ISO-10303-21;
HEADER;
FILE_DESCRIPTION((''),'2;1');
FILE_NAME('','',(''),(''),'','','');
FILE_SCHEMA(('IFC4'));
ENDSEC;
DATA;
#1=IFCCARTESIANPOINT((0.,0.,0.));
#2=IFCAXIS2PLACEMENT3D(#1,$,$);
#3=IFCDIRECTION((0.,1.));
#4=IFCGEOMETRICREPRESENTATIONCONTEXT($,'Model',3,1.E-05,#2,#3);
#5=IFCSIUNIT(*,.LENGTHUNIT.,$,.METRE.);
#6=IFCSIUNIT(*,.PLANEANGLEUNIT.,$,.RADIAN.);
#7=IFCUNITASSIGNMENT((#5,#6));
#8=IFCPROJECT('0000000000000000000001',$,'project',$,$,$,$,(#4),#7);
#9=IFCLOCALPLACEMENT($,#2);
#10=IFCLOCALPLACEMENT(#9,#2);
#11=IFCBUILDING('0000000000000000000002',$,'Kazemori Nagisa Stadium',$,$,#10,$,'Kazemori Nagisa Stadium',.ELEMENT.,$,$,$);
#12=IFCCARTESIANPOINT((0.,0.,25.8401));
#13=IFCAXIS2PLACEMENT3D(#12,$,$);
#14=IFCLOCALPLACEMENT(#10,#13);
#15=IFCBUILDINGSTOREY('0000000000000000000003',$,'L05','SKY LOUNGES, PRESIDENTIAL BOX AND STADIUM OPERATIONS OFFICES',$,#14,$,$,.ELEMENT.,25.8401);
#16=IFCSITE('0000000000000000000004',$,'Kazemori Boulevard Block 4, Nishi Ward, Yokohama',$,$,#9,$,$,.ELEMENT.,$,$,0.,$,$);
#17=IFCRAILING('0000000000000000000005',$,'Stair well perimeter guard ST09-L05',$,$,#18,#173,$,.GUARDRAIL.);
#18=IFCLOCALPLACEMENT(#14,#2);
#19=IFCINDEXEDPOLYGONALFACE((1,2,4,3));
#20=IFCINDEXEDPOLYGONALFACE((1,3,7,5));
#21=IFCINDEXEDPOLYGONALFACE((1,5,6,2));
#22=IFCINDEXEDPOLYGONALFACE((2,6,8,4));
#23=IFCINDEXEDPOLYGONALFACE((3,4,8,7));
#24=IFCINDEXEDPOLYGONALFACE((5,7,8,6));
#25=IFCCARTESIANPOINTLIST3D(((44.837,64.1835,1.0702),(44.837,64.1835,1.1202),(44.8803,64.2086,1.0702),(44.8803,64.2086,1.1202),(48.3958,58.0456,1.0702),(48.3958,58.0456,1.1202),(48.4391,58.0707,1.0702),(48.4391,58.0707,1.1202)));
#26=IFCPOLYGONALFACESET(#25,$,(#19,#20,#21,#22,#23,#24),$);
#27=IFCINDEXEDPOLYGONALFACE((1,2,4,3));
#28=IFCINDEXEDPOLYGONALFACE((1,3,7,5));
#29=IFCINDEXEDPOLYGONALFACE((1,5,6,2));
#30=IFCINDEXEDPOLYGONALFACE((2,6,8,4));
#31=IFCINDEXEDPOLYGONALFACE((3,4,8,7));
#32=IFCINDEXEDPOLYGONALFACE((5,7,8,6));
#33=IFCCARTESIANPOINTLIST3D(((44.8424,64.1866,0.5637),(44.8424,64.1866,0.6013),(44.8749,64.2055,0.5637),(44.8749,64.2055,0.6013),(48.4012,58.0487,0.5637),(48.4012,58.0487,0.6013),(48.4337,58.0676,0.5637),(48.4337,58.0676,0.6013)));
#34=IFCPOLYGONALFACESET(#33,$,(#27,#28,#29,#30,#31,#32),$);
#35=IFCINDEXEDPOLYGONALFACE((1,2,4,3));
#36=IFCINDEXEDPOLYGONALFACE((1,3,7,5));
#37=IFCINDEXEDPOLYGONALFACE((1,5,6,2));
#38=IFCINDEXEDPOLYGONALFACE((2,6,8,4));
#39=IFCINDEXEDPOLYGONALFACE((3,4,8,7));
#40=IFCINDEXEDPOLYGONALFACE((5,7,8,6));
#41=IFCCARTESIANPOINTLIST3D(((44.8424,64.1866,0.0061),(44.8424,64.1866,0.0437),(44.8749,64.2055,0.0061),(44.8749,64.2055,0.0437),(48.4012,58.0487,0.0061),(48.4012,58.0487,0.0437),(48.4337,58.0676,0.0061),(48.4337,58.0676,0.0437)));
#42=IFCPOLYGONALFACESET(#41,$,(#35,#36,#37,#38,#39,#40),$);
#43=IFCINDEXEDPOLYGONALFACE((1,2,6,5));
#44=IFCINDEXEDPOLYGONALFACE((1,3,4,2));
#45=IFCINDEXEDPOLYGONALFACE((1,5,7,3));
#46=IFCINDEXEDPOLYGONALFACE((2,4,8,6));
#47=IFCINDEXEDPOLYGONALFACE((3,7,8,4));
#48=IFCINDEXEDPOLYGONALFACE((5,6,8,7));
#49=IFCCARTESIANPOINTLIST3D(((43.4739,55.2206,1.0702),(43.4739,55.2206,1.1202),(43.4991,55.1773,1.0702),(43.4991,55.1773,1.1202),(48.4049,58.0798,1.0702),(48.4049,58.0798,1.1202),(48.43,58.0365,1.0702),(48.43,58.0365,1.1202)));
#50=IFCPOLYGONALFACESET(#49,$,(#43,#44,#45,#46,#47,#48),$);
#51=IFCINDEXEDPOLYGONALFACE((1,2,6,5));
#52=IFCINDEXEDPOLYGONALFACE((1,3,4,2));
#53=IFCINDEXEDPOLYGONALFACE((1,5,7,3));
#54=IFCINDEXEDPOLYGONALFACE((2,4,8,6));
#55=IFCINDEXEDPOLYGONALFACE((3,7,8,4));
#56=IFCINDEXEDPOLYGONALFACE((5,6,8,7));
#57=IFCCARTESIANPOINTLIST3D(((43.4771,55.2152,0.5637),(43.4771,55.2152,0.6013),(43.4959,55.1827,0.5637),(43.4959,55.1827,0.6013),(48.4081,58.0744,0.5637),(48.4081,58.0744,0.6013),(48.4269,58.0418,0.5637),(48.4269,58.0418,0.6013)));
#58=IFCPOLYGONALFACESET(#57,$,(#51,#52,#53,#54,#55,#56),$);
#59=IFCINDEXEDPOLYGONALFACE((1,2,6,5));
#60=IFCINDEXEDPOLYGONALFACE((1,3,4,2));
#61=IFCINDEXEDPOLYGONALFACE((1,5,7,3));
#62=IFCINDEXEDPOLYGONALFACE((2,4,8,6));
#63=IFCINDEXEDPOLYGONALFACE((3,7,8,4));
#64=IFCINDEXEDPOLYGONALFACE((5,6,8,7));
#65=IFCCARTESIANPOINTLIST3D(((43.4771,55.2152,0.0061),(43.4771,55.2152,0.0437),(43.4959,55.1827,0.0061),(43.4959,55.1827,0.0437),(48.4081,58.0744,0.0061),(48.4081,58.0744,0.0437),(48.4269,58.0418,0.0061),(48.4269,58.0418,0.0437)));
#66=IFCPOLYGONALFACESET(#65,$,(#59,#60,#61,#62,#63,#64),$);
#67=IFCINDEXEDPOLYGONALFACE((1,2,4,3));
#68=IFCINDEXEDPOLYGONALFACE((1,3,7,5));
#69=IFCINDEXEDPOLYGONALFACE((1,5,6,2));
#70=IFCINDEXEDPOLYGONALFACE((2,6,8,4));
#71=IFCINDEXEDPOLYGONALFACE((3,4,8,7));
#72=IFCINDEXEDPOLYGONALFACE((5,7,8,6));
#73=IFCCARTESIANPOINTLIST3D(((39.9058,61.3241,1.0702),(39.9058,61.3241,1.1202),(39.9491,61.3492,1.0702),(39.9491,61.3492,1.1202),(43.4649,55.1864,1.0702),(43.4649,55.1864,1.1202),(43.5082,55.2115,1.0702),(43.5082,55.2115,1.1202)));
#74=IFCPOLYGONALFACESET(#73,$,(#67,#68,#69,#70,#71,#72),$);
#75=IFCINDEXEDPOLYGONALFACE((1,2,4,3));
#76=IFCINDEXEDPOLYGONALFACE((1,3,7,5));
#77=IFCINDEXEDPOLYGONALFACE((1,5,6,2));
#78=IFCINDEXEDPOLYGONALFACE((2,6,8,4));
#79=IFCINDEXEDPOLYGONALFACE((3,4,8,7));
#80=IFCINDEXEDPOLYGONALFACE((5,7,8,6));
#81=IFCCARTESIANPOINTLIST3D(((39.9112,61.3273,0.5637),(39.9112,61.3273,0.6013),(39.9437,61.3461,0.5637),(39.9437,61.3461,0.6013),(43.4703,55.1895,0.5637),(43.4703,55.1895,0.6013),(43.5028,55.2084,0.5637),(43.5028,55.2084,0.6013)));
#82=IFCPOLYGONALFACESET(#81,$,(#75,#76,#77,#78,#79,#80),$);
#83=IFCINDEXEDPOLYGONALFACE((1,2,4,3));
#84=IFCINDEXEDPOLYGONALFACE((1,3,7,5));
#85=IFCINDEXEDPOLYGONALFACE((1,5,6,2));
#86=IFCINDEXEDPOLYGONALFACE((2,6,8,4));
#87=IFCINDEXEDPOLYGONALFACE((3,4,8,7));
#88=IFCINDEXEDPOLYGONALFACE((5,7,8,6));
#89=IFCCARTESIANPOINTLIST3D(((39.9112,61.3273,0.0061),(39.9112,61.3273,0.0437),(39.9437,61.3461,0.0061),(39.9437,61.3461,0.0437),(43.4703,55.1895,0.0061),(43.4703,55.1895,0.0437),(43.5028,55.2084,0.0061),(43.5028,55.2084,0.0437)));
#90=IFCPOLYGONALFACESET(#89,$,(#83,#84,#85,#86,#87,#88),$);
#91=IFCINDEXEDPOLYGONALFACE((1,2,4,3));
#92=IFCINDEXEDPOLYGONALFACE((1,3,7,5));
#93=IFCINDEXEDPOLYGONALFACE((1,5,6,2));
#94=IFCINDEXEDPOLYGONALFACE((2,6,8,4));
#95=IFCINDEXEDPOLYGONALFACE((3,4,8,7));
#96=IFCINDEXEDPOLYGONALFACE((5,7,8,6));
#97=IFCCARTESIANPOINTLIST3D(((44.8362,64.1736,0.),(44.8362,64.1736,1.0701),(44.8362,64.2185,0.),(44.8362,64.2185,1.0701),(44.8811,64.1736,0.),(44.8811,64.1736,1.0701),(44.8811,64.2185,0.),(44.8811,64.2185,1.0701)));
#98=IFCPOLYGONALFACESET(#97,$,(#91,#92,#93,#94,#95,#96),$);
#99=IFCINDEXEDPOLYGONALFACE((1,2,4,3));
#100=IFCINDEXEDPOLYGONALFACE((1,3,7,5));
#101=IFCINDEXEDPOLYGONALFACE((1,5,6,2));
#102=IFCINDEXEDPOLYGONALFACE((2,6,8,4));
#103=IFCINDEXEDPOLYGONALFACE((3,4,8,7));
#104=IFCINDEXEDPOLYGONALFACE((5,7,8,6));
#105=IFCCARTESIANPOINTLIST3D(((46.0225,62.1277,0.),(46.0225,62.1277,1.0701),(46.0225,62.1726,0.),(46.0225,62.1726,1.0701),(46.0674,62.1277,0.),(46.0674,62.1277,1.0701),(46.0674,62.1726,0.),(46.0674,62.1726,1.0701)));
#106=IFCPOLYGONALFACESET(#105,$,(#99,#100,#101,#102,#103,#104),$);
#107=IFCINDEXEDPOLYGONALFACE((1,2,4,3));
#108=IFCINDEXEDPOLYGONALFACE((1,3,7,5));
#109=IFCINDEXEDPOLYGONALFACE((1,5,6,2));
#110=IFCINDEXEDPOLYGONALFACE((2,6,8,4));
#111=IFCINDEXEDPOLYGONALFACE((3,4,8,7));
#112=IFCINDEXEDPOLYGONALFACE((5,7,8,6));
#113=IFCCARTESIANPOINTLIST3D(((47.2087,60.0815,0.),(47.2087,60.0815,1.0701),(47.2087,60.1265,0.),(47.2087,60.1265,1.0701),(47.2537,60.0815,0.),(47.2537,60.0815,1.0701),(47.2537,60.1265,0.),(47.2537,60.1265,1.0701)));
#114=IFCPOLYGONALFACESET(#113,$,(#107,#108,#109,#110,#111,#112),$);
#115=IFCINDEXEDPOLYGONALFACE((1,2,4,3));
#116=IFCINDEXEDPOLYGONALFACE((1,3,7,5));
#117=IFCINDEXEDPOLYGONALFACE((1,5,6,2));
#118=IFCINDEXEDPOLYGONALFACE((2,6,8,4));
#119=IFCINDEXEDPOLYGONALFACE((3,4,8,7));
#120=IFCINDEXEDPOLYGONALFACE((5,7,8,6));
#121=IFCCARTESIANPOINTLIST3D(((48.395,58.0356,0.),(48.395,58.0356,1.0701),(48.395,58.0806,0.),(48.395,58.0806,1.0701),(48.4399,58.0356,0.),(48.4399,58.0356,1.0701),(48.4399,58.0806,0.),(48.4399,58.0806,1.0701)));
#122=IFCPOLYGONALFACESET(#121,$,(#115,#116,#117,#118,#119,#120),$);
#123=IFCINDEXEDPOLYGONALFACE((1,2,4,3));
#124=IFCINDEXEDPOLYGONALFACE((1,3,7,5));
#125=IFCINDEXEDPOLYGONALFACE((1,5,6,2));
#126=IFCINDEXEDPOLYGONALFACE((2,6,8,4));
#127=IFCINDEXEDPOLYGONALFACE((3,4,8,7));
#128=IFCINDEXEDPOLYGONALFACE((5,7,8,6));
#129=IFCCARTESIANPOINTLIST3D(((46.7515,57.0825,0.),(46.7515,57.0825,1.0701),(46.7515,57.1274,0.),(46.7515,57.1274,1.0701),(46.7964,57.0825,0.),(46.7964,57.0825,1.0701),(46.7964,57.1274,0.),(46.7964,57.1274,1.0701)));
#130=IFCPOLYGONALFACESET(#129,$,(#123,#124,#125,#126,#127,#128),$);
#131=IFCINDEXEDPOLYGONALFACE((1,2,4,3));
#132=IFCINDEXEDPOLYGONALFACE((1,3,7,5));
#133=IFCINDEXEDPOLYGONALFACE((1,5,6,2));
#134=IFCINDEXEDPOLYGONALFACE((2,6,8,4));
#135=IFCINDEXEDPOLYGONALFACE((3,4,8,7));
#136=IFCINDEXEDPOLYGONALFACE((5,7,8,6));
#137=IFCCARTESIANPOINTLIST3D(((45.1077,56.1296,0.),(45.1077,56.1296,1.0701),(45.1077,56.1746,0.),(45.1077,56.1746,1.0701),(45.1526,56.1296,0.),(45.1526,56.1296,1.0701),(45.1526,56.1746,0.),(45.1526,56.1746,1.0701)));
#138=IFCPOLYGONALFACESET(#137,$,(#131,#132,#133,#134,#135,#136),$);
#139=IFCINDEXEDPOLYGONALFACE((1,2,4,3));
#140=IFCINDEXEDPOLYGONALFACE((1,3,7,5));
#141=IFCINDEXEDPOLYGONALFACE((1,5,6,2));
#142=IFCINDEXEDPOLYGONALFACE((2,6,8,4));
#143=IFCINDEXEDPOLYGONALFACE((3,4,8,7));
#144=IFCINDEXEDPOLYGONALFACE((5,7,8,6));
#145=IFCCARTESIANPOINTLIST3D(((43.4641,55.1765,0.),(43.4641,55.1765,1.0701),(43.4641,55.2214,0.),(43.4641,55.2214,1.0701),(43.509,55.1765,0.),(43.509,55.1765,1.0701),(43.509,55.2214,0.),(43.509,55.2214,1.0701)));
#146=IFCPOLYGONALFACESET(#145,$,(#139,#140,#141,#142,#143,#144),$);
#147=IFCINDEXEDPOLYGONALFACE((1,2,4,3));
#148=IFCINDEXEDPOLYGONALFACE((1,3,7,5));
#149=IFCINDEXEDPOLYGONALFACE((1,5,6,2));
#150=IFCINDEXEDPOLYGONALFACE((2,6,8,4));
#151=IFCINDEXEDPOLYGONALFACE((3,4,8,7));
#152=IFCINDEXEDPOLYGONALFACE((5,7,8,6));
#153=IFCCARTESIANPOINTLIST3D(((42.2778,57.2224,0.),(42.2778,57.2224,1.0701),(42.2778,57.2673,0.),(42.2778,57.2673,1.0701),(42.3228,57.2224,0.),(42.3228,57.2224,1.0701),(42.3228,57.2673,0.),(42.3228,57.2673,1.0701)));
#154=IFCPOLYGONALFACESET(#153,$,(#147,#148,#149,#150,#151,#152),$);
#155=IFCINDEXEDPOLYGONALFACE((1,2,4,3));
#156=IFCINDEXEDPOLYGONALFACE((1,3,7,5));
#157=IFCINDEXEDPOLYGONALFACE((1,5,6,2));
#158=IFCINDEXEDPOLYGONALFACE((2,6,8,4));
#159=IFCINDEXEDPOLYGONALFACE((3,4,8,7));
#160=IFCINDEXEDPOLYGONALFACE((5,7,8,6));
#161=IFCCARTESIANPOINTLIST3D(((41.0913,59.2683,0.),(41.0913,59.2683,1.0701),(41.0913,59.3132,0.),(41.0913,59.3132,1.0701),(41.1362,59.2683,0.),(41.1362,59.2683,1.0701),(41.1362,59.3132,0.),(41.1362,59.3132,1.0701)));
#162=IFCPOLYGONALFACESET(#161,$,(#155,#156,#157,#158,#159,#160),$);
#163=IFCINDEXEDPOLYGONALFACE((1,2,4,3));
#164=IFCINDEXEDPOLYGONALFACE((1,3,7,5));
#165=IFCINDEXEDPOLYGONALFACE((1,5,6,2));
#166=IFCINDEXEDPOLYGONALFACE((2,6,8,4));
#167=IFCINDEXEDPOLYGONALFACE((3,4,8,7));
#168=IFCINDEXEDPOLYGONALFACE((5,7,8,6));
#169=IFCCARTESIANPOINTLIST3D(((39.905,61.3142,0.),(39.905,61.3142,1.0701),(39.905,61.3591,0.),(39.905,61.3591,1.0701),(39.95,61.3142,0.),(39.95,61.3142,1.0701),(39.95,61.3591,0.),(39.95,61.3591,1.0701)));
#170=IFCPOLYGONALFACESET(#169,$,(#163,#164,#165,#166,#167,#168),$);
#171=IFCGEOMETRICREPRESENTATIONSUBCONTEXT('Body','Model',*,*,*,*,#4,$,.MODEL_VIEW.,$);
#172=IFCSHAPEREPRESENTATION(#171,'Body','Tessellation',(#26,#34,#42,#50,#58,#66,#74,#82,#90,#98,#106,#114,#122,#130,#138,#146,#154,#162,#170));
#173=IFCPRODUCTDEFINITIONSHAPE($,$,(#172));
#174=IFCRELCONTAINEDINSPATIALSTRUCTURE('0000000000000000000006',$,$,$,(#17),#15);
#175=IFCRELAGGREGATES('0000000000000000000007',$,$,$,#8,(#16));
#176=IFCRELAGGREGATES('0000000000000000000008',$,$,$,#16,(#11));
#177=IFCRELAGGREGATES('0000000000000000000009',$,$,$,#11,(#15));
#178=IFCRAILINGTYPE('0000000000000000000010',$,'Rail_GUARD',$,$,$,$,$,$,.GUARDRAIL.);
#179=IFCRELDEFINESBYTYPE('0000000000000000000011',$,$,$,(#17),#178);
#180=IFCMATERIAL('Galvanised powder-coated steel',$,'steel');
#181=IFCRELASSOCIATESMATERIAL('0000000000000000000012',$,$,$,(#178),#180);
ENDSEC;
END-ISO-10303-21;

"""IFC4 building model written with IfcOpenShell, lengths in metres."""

from ifc_helpers import new_model, si_unit, direction, frame, origin, origin_2d, place, context, subcontext, project, spatial, rectangle, extrude, material, type_object, element, save


model = new_model("IFC4")

# Units and contexts
model_context = context("Model", 3, precision=1e-05, world=origin(), true_north=direction((0.0, 1.0)))
body_context = subcontext(model_context, "Body", "Model", "MODEL_VIEW")
ifc_project = project(units=[si_unit("LENGTHUNIT", "METRE"), si_unit("PLANEANGLEUNIT", "RADIAN")], contexts=[model_context])

# Site, building, storey
site_placement = place(None, origin())
site = spatial("IfcSite", under=ifc_project, at=site_placement, Name="Kazemori Boulevard Block 4, Nishi Ward, Yokohama", CompositionType="ELEMENT", RefElevation=0.0)
building_placement = place(site_placement, origin())
building = spatial("IfcBuilding", under=site, at=building_placement, Name="Kazemori Nagisa Stadium", LongName="Kazemori Nagisa Stadium", CompositionType="ELEMENT")
storey_placement = place(building_placement, frame((0.0, 0.0, 25.8401)))
storey = spatial("IfcBuildingStorey", under=building, at=storey_placement, Name="L05", Description="SKY LOUNGES, PRESIDENTIAL BOX AND STADIUM OPERATIONS OFFICES", CompositionType="ELEMENT", Elevation=25.8401)

# Railing
ifc_material_1 = material(Name="Galvanised powder-coated steel", Category="steel")
railing_type_1 = type_object("IfcRailingType", Name="Rail_GUARD", PredefinedType="GUARDRAIL", material=ifc_material_1)
railing_1_placement = place(storey_placement, frame((44.8586, 64.196, 0.0)))
element("IfcRailing", 1, at=railing_1_placement, inside=storey, type_object=railing_type_1, Name="Stair well perimeter guard ST09-L05", PredefinedType="GUARDRAIL", context=body_context, shape_type="SweptSolid", body=[
    extrude(rectangle(XDim=0.05, YDim=0.05, at=origin_2d()), frame((0.0, 0.0, 1.0952), z_axis=(0.501595, -0.865103, 0.0), x_axis=(0.865103, 0.501595, 0.0)), (0.0, 0.0, 1.0), 7.095),
    extrude(rectangle(XDim=0.0376, YDim=0.0376, at=origin_2d()), frame((0.0, 0.0, 0.5825), z_axis=(0.501595, -0.865103, 0.0), x_axis=(0.865103, 0.501595, 0.0)), (0.0, 0.0, 1.0), 7.095),
    extrude(rectangle(XDim=0.0376, YDim=0.0376, at=origin_2d()), frame((0.0, 0.0, 0.0249), z_axis=(0.501595, -0.865103, 0.0), x_axis=(0.865103, 0.501595, 0.0)), (0.0, 0.0, 1.0), 7.095),
    extrude(rectangle(XDim=0.05, YDim=0.05, at=origin_2d()), frame((3.5588, -6.1379, 1.0952), z_axis=(-0.865092, -0.501614, 0.0), x_axis=(0.501614, -0.865092, 0.0)), (0.0, 0.0, 1.0), 5.7),
    extrude(rectangle(XDim=0.0376, YDim=0.0376, at=origin_2d()), frame((3.5588, -6.1379, 0.5825), z_axis=(-0.865092, -0.501614, 0.0), x_axis=(0.501614, -0.865092, 0.0)), (0.0, 0.0, 1.0), 5.7),
    extrude(rectangle(XDim=0.0376, YDim=0.0376, at=origin_2d()), frame((3.5588, -6.1379, 0.0249), z_axis=(-0.865092, -0.501614, 0.0), x_axis=(0.501614, -0.865092, 0.0)), (0.0, 0.0, 1.0), 5.7),
    extrude(rectangle(XDim=0.05, YDim=0.05, at=origin_2d()), frame((-1.3721, -8.9971, 1.0952), z_axis=(-0.501636, 0.865079, 0.0), x_axis=(-0.865079, -0.501636, 0.0)), (0.0, 0.0, 1.0), 7.095),
    extrude(rectangle(XDim=0.0376, YDim=0.0376, at=origin_2d()), frame((-1.3721, -8.9971, 0.5825), z_axis=(-0.501636, 0.865079, 0.0), x_axis=(-0.865079, -0.501636, 0.0)), (0.0, 0.0, 1.0), 7.095),
    extrude(rectangle(XDim=0.0376, YDim=0.0376, at=origin_2d()), frame((-1.3721, -8.9971, 0.0249), z_axis=(-0.501636, 0.865079, 0.0), x_axis=(-0.865079, -0.501636, 0.0)), (0.0, 0.0, 1.0), 7.095),
    extrude(rectangle(XDim=0.0449, YDim=0.0449, at=origin_2d()), origin(), (0.0, 0.0, 1.0), 1.0701),
    extrude(rectangle(XDim=0.0449, YDim=0.0449, at=origin_2d()), frame((1.1863, -2.0459, 0.0)), (0.0, 0.0, 1.0), 1.0701),
    extrude(rectangle(XDim=0.0449, YDim=0.0449, at=origin_2d()), frame((2.3726, -4.092, 0.0)), (0.0, 0.0, 1.0), 1.0701),
    extrude(rectangle(XDim=0.0449, YDim=0.0449, at=origin_2d()), frame((3.5588, -6.1379, 0.0)), (0.0, 0.0, 1.0), 1.0701),
    extrude(rectangle(XDim=0.0449, YDim=0.0449, at=origin_2d()), frame((1.9153, -7.0911, 0.0)), (0.0, 0.0, 1.0), 1.0701),
    extrude(rectangle(XDim=0.0449, YDim=0.0449, at=origin_2d()), frame((0.2715, -8.0439, 0.0)), (0.0, 0.0, 1.0), 1.0701),
    extrude(rectangle(XDim=0.0449, YDim=0.0449, at=origin_2d()), frame((-1.3721, -8.9971, 0.0)), (0.0, 0.0, 1.0), 1.0701),
    extrude(rectangle(XDim=0.0449, YDim=0.0449, at=origin_2d()), frame((-2.5583, -6.9512, 0.0)), (0.0, 0.0, 1.0), 1.0701),
    extrude(rectangle(XDim=0.0449, YDim=0.0449, at=origin_2d()), frame((-3.7449, -4.9053, 0.0)), (0.0, 0.0, 1.0), 1.0701),
    extrude(rectangle(XDim=0.0449, YDim=0.0449, at=origin_2d()), frame((-4.9312, -2.8594, 0.0)), (0.0, 0.0, 1.0), 1.0701),
])

save(model, "model.ifc")
